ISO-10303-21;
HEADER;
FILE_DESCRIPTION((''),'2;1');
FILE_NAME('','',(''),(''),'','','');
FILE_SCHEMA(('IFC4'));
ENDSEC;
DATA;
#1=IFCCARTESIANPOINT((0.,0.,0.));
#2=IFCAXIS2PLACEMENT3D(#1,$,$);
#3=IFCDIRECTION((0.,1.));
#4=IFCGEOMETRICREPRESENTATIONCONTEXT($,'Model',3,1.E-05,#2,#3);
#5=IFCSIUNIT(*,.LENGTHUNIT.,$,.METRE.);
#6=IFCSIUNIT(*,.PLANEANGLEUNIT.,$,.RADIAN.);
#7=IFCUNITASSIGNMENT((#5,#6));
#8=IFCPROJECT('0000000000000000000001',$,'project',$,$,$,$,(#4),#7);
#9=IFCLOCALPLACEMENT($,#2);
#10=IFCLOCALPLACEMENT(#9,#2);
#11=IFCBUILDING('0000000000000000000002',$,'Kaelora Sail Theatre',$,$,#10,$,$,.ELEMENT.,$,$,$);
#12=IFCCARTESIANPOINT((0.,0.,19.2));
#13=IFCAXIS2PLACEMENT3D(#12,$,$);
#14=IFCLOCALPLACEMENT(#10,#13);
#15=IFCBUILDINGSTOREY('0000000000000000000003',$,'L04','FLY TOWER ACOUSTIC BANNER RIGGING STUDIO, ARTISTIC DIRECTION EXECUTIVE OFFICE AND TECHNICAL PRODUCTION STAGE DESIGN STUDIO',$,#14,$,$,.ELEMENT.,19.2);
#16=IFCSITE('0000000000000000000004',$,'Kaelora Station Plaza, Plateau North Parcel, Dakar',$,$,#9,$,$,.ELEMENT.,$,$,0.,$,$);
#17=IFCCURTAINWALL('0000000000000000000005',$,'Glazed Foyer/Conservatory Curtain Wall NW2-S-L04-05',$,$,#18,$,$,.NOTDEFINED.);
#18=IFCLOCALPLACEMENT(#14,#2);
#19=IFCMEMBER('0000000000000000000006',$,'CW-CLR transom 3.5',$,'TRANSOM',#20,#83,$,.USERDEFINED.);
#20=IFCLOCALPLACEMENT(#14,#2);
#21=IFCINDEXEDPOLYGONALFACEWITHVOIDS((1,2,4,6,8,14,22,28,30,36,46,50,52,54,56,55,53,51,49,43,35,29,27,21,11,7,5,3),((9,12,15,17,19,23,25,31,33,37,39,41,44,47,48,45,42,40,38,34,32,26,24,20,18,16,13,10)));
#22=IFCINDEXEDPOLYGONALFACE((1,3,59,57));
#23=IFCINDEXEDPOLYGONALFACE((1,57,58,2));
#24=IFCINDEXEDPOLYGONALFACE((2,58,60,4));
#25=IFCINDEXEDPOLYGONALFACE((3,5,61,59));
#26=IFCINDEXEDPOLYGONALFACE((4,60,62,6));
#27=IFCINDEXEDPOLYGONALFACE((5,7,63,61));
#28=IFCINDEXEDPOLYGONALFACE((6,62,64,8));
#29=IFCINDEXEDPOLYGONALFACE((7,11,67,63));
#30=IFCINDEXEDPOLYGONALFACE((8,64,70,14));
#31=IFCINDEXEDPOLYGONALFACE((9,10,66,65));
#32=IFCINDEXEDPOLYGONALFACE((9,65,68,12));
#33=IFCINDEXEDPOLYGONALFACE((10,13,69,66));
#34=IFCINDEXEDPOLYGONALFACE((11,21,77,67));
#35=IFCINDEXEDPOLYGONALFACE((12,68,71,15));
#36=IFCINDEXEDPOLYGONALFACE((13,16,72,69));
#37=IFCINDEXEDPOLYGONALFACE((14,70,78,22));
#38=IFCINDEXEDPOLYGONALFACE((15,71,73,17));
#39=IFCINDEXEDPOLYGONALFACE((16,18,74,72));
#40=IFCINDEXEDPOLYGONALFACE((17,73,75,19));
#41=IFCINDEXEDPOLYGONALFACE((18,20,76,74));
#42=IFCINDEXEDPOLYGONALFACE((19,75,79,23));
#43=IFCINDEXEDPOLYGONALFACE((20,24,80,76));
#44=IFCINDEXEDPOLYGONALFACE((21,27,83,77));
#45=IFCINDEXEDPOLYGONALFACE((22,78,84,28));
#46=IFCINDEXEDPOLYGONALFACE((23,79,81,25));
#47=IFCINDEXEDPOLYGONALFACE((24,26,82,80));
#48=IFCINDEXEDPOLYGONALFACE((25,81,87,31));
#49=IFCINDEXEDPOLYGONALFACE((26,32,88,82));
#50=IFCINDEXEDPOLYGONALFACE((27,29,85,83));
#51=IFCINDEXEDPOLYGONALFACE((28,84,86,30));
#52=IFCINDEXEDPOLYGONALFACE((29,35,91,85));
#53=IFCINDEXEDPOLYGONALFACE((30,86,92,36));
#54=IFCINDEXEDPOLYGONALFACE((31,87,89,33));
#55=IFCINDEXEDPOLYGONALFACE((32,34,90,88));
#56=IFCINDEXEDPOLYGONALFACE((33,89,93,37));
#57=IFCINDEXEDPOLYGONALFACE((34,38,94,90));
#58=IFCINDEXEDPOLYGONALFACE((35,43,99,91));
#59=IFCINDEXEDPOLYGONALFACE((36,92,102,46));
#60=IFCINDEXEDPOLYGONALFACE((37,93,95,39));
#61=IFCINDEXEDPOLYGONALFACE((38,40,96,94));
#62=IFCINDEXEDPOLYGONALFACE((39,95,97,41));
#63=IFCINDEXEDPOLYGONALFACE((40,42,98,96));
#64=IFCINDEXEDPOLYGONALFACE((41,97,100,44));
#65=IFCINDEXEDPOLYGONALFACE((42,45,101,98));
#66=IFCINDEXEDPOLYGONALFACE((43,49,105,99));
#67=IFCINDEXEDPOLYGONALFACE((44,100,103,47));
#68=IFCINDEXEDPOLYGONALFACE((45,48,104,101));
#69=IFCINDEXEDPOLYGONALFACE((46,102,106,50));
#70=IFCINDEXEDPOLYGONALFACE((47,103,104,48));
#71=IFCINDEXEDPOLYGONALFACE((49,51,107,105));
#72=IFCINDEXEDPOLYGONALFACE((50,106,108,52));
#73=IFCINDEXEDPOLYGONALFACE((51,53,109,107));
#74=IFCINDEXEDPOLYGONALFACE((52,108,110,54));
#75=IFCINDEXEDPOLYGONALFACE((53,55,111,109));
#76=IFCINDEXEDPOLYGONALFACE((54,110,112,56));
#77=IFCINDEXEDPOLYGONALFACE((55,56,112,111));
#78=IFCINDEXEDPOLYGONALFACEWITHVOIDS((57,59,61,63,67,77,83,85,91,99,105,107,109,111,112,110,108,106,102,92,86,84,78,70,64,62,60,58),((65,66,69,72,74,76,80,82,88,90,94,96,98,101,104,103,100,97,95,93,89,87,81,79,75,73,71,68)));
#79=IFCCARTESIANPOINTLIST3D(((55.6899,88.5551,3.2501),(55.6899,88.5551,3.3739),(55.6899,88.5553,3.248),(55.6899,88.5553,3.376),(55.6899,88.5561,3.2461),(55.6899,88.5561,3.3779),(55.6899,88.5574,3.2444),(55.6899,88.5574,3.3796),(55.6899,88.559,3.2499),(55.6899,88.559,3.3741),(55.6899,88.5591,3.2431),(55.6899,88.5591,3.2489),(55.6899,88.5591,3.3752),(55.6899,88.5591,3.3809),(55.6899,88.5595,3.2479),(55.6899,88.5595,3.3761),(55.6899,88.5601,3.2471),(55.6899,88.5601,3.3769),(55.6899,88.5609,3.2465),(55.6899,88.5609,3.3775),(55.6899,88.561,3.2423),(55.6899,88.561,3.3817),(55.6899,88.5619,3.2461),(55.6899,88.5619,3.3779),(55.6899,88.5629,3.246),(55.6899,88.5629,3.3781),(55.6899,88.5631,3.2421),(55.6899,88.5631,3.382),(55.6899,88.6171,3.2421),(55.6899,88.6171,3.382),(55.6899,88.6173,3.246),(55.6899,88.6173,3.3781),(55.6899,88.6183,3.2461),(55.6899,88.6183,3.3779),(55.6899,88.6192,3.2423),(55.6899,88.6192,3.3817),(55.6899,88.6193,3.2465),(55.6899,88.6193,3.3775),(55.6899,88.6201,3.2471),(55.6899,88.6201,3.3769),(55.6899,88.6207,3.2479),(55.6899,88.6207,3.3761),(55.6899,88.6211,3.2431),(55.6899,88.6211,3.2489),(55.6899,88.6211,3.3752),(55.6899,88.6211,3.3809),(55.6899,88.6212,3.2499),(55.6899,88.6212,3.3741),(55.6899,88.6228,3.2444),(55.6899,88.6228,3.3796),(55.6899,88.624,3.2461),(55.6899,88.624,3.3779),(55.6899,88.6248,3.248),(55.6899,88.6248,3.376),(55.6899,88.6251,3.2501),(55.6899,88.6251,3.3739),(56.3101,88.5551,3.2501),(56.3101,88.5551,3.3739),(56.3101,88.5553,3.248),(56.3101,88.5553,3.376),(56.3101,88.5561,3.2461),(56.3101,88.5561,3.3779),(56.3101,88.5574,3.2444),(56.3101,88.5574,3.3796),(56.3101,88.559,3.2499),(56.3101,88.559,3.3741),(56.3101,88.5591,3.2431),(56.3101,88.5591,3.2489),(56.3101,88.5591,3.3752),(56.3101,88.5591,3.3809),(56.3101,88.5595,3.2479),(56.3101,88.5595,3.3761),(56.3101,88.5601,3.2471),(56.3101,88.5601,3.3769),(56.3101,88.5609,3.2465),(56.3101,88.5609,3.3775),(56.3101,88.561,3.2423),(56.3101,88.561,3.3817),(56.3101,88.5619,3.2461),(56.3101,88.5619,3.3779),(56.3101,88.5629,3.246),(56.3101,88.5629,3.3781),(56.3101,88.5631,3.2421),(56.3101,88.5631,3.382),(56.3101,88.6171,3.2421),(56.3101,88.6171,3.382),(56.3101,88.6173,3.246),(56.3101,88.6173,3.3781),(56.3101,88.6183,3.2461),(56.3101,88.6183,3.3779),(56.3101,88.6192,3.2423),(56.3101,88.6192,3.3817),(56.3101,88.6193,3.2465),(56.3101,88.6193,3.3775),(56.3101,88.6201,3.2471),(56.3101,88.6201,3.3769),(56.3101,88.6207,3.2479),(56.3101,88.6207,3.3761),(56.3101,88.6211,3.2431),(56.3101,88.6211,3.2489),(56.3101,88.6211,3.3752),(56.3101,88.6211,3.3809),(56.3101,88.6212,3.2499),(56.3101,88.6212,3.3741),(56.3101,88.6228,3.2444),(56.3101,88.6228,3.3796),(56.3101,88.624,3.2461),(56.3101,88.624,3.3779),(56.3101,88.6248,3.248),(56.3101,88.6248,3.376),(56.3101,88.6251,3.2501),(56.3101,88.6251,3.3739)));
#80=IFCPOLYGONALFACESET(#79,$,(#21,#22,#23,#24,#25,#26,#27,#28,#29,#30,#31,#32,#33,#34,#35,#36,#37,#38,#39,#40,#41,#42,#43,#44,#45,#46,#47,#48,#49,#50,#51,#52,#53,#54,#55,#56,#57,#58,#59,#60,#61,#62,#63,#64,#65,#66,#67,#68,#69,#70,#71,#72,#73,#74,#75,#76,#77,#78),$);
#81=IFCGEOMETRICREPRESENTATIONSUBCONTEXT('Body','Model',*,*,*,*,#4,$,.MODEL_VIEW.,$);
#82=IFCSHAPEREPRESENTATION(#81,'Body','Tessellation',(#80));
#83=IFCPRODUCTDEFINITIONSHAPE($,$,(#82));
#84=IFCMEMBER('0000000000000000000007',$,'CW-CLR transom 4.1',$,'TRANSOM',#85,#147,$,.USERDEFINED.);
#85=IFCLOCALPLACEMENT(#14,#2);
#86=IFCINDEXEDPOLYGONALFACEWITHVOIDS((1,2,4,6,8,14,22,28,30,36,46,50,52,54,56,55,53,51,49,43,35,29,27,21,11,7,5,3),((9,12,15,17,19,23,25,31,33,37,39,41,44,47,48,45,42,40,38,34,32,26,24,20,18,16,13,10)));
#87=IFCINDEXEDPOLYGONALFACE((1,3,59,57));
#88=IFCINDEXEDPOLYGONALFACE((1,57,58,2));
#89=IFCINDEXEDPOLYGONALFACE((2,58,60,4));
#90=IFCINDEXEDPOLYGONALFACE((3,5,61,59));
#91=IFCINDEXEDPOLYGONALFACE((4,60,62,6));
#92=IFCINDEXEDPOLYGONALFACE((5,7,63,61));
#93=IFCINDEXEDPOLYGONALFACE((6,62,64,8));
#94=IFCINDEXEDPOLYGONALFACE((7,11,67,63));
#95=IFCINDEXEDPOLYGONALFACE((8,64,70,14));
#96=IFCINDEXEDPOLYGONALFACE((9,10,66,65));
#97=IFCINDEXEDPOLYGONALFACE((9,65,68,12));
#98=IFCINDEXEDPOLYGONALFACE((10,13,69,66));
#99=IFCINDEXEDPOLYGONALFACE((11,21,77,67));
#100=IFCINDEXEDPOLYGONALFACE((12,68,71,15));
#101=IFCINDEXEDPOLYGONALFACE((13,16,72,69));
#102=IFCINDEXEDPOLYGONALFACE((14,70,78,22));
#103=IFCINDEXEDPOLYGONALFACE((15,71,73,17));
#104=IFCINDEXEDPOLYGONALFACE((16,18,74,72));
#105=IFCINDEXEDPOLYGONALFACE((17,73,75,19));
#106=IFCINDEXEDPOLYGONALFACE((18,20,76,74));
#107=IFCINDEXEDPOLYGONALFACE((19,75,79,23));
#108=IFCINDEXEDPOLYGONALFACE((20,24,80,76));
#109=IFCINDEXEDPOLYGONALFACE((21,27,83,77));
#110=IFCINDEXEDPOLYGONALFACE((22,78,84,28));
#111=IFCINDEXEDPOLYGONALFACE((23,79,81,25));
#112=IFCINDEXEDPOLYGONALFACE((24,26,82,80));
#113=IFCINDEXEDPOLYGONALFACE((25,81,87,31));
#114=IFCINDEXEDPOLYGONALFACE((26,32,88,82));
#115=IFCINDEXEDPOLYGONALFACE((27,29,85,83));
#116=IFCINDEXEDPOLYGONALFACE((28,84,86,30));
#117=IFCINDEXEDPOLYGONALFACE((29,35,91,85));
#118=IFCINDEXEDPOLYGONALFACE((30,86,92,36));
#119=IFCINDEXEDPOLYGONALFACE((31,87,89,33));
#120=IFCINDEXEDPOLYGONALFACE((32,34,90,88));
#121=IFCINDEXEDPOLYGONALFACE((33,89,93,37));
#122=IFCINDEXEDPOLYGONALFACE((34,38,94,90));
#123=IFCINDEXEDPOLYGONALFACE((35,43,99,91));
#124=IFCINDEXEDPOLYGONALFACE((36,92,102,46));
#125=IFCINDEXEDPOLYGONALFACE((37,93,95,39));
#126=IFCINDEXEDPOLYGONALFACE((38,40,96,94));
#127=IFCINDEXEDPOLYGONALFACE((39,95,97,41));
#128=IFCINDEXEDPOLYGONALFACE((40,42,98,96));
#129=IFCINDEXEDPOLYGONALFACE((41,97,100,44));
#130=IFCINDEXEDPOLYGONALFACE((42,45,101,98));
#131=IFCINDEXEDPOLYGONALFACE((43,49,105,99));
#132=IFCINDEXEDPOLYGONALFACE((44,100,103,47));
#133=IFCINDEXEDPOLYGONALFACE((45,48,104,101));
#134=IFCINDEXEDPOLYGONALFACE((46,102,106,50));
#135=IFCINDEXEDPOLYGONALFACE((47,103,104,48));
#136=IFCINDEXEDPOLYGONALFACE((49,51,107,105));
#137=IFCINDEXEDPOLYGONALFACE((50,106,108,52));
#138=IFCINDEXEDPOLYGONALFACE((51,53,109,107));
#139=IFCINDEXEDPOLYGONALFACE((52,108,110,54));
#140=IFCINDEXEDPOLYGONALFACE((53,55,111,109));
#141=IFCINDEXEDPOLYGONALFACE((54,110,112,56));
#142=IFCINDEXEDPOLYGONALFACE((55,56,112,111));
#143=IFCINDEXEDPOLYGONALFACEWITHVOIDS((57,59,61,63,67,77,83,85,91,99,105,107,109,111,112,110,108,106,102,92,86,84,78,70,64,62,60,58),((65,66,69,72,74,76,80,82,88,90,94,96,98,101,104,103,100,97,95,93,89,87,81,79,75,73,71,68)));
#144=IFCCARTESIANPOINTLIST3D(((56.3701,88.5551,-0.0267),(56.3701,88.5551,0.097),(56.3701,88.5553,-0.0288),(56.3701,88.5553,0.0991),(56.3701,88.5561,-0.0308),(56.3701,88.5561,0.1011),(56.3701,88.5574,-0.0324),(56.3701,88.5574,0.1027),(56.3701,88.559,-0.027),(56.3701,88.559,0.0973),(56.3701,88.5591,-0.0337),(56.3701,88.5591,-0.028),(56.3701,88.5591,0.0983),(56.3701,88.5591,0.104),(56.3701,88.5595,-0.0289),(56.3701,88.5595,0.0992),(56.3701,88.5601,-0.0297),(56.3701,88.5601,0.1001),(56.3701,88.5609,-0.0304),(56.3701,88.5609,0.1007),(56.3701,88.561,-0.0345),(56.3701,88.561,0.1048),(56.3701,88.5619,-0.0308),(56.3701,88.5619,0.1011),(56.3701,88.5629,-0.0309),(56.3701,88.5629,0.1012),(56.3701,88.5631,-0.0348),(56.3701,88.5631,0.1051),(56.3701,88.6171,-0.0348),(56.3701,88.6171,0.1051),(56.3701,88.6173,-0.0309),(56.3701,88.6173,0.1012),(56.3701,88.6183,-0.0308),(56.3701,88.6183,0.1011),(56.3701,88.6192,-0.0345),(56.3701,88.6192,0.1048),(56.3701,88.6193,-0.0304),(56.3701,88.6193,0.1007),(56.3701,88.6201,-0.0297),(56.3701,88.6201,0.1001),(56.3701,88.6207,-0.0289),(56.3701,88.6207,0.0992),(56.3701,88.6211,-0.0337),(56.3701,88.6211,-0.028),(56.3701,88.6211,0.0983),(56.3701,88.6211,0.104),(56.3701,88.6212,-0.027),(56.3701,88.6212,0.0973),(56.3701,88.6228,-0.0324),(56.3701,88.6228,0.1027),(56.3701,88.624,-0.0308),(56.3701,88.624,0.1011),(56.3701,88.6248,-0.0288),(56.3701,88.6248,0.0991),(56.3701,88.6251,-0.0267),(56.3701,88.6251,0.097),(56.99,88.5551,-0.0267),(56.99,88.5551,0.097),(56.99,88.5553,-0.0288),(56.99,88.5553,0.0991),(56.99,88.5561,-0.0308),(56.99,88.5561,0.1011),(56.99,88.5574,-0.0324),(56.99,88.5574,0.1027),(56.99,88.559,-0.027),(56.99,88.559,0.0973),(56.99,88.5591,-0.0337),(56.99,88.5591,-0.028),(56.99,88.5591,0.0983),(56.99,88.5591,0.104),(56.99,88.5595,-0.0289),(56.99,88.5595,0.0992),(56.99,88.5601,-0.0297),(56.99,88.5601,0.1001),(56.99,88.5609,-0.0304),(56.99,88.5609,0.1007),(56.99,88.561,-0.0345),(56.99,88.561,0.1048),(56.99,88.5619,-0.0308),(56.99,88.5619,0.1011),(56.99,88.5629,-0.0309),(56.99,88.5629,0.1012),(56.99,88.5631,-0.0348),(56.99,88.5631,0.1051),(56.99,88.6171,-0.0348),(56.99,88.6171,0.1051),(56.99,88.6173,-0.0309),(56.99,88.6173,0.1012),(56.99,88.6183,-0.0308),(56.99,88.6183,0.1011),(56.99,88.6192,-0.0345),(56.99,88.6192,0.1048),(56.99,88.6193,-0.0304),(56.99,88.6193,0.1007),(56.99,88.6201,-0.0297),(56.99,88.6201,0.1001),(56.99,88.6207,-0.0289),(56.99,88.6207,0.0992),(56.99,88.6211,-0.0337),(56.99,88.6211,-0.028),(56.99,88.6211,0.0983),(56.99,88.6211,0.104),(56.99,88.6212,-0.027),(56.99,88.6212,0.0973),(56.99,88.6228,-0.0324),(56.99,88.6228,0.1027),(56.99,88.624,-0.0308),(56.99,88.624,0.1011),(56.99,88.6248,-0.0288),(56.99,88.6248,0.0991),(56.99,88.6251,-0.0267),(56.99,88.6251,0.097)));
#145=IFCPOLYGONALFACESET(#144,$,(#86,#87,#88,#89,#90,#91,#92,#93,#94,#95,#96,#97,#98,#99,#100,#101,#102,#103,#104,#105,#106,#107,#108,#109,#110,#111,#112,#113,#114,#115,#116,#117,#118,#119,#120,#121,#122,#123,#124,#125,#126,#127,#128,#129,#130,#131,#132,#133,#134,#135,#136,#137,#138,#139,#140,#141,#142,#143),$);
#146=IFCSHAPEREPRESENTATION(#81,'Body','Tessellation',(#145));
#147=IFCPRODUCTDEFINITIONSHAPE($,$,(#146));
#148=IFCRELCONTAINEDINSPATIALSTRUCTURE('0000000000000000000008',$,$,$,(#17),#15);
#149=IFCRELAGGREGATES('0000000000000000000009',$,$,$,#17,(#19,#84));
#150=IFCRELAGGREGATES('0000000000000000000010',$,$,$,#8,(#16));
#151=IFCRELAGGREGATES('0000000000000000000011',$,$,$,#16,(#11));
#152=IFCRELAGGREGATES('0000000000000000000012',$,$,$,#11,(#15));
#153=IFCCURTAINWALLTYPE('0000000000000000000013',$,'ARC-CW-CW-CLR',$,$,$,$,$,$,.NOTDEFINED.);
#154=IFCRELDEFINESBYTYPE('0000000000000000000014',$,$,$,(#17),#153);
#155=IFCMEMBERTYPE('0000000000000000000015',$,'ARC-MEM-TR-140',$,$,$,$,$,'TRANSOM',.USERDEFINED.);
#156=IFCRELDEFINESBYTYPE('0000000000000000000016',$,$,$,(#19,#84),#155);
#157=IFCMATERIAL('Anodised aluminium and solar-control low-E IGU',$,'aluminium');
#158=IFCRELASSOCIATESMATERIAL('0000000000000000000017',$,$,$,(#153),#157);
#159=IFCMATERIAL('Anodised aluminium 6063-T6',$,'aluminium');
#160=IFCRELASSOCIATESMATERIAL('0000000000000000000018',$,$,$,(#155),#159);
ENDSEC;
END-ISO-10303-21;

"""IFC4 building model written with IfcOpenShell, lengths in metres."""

from ifc_helpers import new_model, si_unit, direction, frame, origin, origin_2d, place, context, subcontext, project, spatial, hollow_rectangle, extrude, material, material_profile, profile_set, type_object, element, aggregate, save


model = new_model("IFC4")

# Units and contexts
model_context = context("Model", 3, precision=1e-05, world=origin(), true_north=direction((0.0, 1.0)))
body_context = subcontext(model_context, "Body", "Model", "MODEL_VIEW")
ifc_project = project(units=[si_unit("LENGTHUNIT", "METRE"), si_unit("PLANEANGLEUNIT", "RADIAN")], contexts=[model_context])

# Site, building, storey
site_placement = place(None, origin())
site = spatial("IfcSite", under=ifc_project, at=site_placement, Name="Kaelora Station Plaza, Plateau North Parcel, Dakar", CompositionType="ELEMENT", RefElevation=0.0)
building_placement = place(site_placement, origin())
building = spatial("IfcBuilding", under=site, at=building_placement, Name="Kaelora Sail Theatre", CompositionType="ELEMENT")
storey_placement = place(building_placement, frame((0.0, 0.0, 19.2)))
storey = spatial("IfcBuildingStorey", under=building, at=storey_placement, Name="L04", Description="FLY TOWER ACOUSTIC BANNER RIGGING STUDIO, ARTISTIC DIRECTION EXECUTIVE OFFICE AND TECHNICAL PRODUCTION STAGE DESIGN STUDIO", CompositionType="ELEMENT", Elevation=19.2)

# Curtain wall, members
ifc_material_1 = material(Name="Anodised aluminium and solar-control low-E IGU", Category="aluminium")
curtain_wall_type = type_object("IfcCurtainWallType", Name="ARC-CW-CW-CLR", PredefinedType="NOTDEFINED", material=ifc_material_1)
curtain_wall_placement = place(storey_placement, origin())
curtain_wall = element("IfcCurtainWall", 1, at=curtain_wall_placement, inside=storey, type_object=curtain_wall_type, Name="Glazed Foyer/Conservatory Curtain Wall NW2-S-L04-05", PredefinedType="NOTDEFINED")
ifc_material_2 = material(Name="Anodised aluminium 6063-T6", Category="aluminium")
ifc_material_profile_1 = material_profile(ifc_material_2, hollow_rectangle(XDim=0.0701, YDim=0.1399, WallThickness=0.0039, InnerFilletRadius=0.0039, OuterFilletRadius=0.0081, at=origin_2d()), Name="ALU-TRAN 70x140x4")
ifc_profile_set_1 = profile_set([ifc_material_profile_1], Name="Anodised aluminium 6063-T6")
member_type_1 = type_object("IfcMemberType", Name="ARC-MEM-TR-140", ElementType="TRANSOM", PredefinedType="USERDEFINED", material=ifc_profile_set_1)
member_1_placement = place(storey_placement, frame((55.6899, 88.5901, 3.312), z_axis=(1.0, 0.0, 0.0), x_axis=(0.0, 1.0, 0.0)))
member_1 = element("IfcMember", 2, at=member_1_placement, type_object=member_type_1, Name="CW-CLR transom 3.5", ObjectType="TRANSOM", PredefinedType="USERDEFINED", context=body_context, shape_type="SweptSolid", body=[
    extrude(hollow_rectangle(XDim=0.0701, YDim=0.1399, WallThickness=0.0039, InnerFilletRadius=0.0039, OuterFilletRadius=0.0081, at=origin_2d()), origin(), (0.0, 0.0, 1.0), 0.6201),
])
member_2_placement = place(storey_placement, frame((56.3701, 88.5901, 0.0352), z_axis=(1.0, 0.0, 0.0), x_axis=(0.0, 1.0, 0.0)))
member_2 = element("IfcMember", 3, at=member_2_placement, type_object=member_type_1, Name="CW-CLR transom 4.1", ObjectType="TRANSOM", PredefinedType="USERDEFINED", context=body_context, shape_type="SweptSolid", body=[
    extrude(hollow_rectangle(XDim=0.0701, YDim=0.1399, WallThickness=0.0039, InnerFilletRadius=0.0039, OuterFilletRadius=0.0081, at=origin_2d()), origin(), (0.0, 0.0, 1.0), 0.6199),
])
aggregate(curtain_wall, [member_1, member_2])

save(model, "model.ifc")
